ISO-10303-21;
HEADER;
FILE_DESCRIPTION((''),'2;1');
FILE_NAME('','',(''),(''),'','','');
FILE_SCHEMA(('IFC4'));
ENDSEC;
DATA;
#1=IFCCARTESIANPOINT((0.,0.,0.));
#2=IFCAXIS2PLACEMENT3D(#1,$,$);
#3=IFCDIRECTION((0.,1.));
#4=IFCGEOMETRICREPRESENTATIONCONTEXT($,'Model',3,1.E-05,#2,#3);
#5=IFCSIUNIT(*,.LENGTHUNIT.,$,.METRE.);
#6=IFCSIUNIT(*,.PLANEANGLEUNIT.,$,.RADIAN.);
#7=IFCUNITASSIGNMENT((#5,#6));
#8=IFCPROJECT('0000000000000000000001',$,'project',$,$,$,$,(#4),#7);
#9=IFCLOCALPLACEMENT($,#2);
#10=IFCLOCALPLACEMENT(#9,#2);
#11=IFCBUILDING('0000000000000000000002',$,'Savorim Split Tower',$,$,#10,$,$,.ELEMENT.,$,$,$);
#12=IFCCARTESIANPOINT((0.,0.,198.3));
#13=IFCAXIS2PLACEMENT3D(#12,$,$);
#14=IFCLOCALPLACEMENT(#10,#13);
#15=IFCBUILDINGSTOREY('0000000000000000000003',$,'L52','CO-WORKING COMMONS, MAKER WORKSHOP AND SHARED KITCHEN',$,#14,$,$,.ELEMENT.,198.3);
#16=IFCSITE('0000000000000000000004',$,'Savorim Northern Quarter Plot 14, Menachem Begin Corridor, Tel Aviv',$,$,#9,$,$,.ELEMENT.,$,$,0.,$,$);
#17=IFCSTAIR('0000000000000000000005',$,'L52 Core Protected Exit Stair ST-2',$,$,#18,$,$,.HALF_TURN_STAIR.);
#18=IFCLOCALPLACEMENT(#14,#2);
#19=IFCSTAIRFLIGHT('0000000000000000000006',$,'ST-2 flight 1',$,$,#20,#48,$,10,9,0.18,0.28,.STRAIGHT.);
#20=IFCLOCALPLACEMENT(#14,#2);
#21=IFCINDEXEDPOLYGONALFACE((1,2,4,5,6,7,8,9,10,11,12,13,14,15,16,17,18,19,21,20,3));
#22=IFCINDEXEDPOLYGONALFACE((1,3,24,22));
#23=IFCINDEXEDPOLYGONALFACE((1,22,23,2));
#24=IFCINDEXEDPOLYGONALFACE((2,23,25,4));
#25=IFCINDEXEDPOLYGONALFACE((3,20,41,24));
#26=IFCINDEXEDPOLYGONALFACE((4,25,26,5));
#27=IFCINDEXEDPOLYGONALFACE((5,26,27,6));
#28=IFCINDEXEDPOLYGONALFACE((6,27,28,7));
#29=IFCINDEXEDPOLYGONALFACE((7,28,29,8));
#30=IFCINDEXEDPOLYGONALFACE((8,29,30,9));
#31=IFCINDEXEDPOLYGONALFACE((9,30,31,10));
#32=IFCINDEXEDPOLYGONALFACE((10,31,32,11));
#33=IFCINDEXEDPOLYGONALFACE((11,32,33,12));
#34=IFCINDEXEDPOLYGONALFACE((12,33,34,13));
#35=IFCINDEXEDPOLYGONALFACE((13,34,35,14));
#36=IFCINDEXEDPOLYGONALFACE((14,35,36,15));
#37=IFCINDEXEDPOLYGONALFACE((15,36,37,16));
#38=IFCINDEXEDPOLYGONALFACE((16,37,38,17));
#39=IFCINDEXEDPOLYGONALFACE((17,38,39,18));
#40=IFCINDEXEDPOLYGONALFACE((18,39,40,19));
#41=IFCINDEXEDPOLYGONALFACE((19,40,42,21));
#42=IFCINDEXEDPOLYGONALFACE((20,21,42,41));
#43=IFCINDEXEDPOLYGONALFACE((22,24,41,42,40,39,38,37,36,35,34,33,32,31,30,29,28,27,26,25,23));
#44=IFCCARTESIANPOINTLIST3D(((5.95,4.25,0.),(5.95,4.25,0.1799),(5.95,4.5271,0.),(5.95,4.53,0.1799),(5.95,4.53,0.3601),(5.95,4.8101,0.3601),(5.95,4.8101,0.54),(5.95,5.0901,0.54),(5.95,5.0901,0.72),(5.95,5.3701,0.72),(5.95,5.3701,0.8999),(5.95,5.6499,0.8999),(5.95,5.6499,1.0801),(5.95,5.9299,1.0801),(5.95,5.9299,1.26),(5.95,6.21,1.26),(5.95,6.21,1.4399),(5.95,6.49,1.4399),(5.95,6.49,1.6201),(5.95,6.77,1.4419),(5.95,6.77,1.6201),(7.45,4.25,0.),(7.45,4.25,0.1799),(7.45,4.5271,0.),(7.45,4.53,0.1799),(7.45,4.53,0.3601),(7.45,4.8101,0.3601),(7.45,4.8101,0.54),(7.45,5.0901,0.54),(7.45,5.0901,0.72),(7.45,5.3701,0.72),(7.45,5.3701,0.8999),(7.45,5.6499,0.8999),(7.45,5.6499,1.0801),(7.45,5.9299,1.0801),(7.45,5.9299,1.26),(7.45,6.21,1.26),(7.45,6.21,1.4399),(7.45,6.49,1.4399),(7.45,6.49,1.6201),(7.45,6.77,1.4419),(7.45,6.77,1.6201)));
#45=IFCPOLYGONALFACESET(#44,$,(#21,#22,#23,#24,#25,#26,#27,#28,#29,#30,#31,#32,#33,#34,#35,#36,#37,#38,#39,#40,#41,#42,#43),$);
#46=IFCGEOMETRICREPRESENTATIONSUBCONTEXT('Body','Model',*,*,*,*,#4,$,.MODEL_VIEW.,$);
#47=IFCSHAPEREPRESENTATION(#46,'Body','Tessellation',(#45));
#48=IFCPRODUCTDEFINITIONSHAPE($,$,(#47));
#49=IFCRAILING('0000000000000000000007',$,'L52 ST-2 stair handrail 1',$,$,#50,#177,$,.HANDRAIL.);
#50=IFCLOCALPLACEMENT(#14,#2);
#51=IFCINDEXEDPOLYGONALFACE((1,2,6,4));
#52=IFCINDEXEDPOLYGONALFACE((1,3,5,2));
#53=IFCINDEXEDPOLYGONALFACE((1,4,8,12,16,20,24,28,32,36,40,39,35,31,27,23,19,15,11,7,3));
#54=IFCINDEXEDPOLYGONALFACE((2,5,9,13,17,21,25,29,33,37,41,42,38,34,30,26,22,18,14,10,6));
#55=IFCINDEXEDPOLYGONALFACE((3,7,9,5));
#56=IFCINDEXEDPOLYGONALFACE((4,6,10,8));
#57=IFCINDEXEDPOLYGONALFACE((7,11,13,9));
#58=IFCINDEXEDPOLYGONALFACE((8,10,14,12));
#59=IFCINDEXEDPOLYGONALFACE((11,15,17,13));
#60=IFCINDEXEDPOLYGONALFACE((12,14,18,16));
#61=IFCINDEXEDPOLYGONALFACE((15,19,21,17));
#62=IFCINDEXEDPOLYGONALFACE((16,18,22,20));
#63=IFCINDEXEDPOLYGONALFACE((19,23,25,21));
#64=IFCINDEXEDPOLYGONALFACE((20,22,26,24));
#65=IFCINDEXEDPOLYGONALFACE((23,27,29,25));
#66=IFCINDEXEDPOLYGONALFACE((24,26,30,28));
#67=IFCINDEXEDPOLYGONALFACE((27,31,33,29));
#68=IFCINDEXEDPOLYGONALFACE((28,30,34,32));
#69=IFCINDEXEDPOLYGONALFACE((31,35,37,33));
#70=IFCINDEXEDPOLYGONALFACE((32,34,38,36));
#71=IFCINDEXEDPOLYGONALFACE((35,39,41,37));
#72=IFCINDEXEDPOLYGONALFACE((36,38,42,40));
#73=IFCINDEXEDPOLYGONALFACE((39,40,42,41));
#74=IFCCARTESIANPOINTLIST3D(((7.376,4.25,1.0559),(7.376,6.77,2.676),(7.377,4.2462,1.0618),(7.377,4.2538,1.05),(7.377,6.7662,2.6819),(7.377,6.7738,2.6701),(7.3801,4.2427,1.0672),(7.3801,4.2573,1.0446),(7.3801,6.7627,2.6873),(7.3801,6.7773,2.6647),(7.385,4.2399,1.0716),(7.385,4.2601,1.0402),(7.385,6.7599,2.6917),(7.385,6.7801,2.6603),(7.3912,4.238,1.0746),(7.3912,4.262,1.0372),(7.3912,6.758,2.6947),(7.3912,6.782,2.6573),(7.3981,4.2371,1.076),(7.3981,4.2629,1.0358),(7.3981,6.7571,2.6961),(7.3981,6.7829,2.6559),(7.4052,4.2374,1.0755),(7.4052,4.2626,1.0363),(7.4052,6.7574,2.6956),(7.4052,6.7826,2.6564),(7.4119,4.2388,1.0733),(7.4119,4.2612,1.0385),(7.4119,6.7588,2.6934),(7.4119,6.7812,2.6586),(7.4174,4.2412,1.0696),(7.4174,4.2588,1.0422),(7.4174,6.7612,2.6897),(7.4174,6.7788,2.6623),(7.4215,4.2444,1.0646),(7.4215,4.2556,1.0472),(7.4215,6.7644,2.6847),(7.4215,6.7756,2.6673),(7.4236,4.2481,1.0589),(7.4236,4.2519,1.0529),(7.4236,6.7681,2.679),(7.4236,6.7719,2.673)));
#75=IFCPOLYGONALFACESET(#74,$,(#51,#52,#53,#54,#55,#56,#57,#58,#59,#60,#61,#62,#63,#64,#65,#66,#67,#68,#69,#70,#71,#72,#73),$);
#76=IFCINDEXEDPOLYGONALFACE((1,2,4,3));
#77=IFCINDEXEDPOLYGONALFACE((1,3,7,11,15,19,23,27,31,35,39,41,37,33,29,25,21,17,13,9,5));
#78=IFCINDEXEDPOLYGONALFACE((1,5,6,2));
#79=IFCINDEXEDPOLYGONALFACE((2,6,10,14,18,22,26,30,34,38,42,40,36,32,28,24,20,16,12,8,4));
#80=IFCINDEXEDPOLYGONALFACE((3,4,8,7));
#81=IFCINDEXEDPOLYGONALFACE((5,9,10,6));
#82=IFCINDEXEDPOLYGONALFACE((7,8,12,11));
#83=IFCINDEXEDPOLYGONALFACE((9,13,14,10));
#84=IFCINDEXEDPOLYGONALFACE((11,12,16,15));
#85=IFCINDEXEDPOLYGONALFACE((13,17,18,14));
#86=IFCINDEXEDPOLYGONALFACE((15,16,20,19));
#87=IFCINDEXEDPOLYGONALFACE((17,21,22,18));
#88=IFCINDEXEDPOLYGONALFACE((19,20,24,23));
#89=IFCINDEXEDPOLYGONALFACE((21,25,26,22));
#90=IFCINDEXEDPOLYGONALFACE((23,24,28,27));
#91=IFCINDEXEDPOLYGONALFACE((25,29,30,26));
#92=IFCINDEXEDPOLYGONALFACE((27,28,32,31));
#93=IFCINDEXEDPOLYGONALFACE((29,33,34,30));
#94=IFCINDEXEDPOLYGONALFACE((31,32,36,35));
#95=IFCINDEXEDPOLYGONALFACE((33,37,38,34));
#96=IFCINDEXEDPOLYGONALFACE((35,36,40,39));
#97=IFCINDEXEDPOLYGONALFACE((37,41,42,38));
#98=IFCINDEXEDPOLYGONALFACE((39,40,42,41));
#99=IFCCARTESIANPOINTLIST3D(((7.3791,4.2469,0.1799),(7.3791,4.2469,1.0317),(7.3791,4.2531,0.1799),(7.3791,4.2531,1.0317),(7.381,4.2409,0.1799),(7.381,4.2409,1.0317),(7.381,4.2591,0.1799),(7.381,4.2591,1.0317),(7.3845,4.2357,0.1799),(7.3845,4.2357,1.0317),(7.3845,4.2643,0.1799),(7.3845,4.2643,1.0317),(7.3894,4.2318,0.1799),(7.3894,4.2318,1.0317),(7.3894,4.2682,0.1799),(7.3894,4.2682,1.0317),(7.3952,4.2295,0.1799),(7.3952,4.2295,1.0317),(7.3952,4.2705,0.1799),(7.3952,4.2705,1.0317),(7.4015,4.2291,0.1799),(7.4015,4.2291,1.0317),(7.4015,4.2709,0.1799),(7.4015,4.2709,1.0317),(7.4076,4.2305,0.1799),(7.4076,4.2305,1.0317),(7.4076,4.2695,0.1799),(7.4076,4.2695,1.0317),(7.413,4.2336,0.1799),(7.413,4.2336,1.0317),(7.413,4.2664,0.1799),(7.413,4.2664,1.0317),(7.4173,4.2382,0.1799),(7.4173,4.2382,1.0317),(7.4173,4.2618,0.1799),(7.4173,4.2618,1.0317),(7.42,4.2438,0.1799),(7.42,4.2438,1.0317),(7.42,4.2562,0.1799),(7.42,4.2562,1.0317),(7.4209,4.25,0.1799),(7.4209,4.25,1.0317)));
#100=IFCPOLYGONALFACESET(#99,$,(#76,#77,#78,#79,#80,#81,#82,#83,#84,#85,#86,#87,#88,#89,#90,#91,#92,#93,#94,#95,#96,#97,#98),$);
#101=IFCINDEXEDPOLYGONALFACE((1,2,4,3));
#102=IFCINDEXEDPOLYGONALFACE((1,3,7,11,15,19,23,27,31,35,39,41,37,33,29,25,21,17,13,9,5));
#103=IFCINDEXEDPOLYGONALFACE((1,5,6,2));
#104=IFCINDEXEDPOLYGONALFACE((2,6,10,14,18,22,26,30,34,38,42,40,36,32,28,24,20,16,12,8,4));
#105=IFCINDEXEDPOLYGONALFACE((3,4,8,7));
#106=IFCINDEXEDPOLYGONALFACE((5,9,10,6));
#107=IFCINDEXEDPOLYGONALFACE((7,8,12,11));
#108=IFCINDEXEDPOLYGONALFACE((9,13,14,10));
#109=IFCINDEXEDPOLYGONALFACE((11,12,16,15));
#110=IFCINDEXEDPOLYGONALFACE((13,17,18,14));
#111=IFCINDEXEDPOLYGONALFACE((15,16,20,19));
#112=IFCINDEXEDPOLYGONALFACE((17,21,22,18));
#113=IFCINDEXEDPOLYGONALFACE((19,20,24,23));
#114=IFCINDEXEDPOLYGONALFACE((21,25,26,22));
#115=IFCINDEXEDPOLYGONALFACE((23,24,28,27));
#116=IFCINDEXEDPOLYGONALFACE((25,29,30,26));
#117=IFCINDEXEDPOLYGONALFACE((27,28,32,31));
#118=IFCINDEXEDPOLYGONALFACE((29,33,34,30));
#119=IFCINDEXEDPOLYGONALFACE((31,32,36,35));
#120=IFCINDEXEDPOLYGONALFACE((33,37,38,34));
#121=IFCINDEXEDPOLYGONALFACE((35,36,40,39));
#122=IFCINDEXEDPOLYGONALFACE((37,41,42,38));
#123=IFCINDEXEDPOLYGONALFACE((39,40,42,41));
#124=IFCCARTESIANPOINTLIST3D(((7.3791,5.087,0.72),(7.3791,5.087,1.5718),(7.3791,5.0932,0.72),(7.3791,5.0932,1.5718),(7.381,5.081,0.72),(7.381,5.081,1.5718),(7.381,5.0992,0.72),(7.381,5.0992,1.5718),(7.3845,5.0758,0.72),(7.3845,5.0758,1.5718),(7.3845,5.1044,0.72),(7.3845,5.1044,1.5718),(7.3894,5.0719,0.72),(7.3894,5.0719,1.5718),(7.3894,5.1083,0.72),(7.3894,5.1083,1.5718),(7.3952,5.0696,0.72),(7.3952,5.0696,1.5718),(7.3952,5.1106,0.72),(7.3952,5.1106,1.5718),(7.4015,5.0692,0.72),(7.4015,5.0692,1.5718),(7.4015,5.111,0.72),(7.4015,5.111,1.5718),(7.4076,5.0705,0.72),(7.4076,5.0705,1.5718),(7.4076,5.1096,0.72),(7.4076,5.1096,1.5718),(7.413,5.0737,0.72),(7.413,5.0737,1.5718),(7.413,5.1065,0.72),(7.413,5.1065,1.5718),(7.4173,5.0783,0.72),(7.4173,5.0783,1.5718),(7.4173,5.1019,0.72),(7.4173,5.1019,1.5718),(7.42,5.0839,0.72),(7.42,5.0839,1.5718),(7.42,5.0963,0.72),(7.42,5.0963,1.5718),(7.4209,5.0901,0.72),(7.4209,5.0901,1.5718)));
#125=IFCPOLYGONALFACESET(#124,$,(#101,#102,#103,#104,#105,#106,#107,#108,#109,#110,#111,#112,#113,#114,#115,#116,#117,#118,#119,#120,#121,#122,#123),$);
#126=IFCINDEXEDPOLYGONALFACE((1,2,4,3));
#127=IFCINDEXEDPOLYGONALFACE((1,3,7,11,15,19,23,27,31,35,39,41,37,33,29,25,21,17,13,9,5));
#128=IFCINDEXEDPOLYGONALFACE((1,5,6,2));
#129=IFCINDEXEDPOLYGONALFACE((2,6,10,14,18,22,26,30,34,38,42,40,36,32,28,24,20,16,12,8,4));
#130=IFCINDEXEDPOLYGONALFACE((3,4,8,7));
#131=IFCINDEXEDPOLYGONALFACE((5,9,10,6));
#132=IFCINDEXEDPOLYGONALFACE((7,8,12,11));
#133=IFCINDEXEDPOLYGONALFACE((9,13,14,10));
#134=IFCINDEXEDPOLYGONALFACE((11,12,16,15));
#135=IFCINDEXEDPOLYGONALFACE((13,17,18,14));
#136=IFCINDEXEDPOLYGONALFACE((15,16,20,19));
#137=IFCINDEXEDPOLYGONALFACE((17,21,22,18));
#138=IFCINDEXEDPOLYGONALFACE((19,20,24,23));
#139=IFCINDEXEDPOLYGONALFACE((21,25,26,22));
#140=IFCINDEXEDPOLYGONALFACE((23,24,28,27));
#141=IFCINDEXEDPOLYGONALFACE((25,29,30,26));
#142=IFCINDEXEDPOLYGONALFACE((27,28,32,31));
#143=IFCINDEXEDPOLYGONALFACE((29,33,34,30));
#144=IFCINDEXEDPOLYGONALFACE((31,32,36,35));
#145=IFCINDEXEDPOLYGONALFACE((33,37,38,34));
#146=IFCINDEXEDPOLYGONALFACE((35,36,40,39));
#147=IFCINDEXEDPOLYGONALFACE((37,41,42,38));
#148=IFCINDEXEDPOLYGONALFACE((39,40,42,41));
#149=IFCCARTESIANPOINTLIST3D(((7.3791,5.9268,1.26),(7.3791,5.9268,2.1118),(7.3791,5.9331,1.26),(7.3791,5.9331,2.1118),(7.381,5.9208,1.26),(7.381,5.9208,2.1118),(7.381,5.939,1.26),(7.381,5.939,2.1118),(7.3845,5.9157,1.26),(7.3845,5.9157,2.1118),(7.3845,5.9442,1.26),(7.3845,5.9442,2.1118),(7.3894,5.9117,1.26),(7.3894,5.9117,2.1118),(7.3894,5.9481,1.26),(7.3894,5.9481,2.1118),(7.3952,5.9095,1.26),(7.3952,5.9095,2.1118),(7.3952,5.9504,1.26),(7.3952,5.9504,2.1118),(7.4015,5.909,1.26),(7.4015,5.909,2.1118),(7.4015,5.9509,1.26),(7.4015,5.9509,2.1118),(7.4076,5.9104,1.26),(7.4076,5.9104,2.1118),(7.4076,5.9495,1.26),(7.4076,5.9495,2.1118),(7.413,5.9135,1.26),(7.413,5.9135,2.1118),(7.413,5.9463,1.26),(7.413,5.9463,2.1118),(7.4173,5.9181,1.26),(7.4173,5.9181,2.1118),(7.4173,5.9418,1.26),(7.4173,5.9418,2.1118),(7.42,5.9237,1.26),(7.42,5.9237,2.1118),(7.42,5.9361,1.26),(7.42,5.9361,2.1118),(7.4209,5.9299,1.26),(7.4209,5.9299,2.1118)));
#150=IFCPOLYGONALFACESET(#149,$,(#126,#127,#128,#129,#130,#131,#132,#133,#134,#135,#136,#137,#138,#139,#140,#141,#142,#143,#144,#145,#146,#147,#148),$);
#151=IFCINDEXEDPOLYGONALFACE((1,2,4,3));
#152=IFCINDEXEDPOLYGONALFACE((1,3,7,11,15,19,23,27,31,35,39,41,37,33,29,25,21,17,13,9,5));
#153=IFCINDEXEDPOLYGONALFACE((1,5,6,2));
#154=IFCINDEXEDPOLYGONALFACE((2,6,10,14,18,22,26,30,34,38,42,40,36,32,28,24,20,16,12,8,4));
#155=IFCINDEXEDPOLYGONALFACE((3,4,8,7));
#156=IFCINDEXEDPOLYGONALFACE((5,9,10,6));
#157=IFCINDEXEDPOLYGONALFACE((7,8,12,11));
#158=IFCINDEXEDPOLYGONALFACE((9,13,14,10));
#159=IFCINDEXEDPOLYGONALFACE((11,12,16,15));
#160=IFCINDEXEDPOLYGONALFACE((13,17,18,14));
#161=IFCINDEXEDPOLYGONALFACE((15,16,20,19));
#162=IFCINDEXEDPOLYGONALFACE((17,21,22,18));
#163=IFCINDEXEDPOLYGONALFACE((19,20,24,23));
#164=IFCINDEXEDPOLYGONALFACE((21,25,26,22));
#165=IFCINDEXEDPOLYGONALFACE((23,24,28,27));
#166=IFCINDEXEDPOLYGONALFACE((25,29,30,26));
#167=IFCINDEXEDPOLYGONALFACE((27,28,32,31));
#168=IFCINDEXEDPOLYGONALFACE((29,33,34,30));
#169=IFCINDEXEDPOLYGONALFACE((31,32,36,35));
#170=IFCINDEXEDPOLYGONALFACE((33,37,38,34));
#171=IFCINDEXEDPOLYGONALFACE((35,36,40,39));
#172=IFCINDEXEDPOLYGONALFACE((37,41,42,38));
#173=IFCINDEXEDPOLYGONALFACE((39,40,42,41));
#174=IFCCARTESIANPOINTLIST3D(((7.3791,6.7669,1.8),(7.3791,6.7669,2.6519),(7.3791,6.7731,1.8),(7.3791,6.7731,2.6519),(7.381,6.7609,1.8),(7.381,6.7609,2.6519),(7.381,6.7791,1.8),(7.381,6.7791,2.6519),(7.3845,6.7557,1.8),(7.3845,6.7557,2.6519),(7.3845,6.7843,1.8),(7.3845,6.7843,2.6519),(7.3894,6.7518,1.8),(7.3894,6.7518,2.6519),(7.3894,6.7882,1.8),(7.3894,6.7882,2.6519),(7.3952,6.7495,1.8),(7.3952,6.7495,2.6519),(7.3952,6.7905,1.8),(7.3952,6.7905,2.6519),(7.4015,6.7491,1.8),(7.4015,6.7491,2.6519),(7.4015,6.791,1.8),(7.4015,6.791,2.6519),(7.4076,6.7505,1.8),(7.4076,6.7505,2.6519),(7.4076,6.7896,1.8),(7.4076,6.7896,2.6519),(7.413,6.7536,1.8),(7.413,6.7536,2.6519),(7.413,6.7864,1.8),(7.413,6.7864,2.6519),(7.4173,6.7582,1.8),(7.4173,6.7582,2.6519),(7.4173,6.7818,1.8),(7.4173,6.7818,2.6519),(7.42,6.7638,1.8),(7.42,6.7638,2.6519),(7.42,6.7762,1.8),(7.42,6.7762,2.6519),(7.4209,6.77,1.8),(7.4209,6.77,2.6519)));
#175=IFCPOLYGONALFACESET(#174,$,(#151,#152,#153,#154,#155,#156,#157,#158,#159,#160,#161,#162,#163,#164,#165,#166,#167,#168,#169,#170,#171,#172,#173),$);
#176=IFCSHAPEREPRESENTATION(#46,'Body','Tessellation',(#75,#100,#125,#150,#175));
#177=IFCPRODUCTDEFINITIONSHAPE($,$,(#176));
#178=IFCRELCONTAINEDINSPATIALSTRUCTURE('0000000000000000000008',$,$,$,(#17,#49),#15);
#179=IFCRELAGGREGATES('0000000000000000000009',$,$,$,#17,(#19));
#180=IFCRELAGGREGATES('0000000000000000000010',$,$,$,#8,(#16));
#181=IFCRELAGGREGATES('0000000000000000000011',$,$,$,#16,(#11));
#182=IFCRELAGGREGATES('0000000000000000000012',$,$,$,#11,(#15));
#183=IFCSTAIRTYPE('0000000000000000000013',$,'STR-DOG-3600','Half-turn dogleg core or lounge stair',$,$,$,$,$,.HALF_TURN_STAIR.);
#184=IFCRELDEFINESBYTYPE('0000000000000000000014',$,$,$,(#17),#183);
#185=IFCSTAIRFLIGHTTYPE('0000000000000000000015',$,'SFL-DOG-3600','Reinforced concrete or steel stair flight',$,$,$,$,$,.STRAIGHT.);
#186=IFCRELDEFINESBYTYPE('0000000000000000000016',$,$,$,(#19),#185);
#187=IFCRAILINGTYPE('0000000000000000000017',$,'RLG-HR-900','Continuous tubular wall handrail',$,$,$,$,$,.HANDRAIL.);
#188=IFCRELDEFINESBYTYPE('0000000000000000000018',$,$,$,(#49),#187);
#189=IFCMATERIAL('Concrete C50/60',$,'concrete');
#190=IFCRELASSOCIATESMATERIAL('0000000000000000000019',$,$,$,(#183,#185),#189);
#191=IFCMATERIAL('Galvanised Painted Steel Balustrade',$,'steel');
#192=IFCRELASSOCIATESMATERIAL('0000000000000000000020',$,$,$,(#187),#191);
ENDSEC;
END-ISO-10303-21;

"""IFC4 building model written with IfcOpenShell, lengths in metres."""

from ifc_helpers import new_model, si_unit, direction, frame, origin, origin_2d, place, context, subcontext, project, spatial, polyline, circle, outline, extrude, material, type_object, element, aggregate, save


model = new_model("IFC4")

# Units and contexts
model_context = context("Model", 3, precision=1e-05, world=origin(), true_north=direction((0.0, 1.0)))
body_context = subcontext(model_context, "Body", "Model", "MODEL_VIEW")
ifc_project = project(units=[si_unit("LENGTHUNIT", "METRE"), si_unit("PLANEANGLEUNIT", "RADIAN")], contexts=[model_context])

# Site, building, storey
site_placement = place(None, origin())
site = spatial("IfcSite", under=ifc_project, at=site_placement, Name="Savorim Northern Quarter Plot 14, Menachem Begin Corridor, Tel Aviv", CompositionType="ELEMENT", RefElevation=0.0)
building_placement = place(site_placement, origin())
building = spatial("IfcBuilding", under=site, at=building_placement, Name="Savorim Split Tower", CompositionType="ELEMENT")
storey_placement = place(building_placement, frame((0.0, 0.0, 198.3)))
storey = spatial("IfcBuildingStorey", under=building, at=storey_placement, Name="L52", Description="CO-WORKING COMMONS, MAKER WORKSHOP AND SHARED KITCHEN", CompositionType="ELEMENT", Elevation=198.3)

# Shared definitions
ifc_material_1 = material(Name="Concrete C50/60", Category="concrete")

# Stair, stair flight
stair_type = type_object("IfcStairType", Name="STR-DOG-3600", Description="Half-turn dogleg core or lounge stair", PredefinedType="HALF_TURN_STAIR", material=ifc_material_1)
stair_placement = place(storey_placement, origin())
stair = element("IfcStair", 1, at=stair_placement, inside=storey, type_object=stair_type, Name="L52 Core Protected Exit Stair ST-2", PredefinedType="HALF_TURN_STAIR")
stair_flight_type = type_object("IfcStairFlightType", Name="SFL-DOG-3600", Description="Reinforced concrete or steel stair flight", PredefinedType="STRAIGHT", material=ifc_material_1)
stair_flight_placement = place(storey_placement, frame((6.7, 4.25, 0.0), z_axis=(0.0, 0.0, 1.0), x_axis=(0.0, 1.0, 0.0)))
stair_flight = element("IfcStairFlight", 2, at=stair_flight_placement, type_object=stair_flight_type, Name="ST-2 flight 1", NumberOfRisers=10, NumberOfTreads=9, PredefinedType="STRAIGHT", RiserHeight=0.18, TreadLength=0.28, context=body_context, shape_type="SweptSolid", body=[
    extrude(outline(polyline([(0.0, 0.0), (0.0, 0.1799), (0.28, 0.1799), (0.28, 0.3601), (0.5601, 0.3601), (0.5601, 0.54), (0.8401, 0.54), (0.8401, 0.72), (1.1201, 0.72), (1.1201, 0.8999), (1.3999, 0.8999), (1.3999, 1.0801), (1.6799, 1.0801), (1.6799, 1.26), (1.96, 1.26), (1.96, 1.4399), (2.24, 1.4399), (2.24, 1.6201), (2.52, 1.6201), (2.52, 1.8), (2.52, 1.4419), (0.2771, 0.0), (0.0, 0.0)])), frame((0.0, 0.75, 0.0), z_axis=(0.0, -1.0, 0.0), x_axis=(1.0, 0.0, 0.0)), (0.0, 0.0, 1.0), 1.5),
])
aggregate(stair, [stair_flight])

# Railing
ifc_material_2 = material(Name="Galvanised Painted Steel Balustrade", Category="steel")
railing_type_1 = type_object("IfcRailingType", Name="RLG-HR-900", Description="Continuous tubular wall handrail", PredefinedType="HANDRAIL", material=ifc_material_2)
railing_1_placement = place(storey_placement, frame((7.3999, 4.25, 0.1799)))
element("IfcRailing", 3, at=railing_1_placement, inside=storey, type_object=railing_type_1, Name="L52 ST-2 stair handrail 1", PredefinedType="HANDRAIL", context=body_context, shape_type="SweptSolid", body=[
    extrude(circle(Radius=0.0239, at=origin_2d()), frame((0.0, 0.0, 0.876), z_axis=(0.0, 0.841163, 0.540782), x_axis=(-1.0, 0.0, 0.0)), (0.0, 0.0, 1.0), 2.9958),
    extrude(circle(Radius=0.021, at=origin_2d()), origin(), (0.0, 0.0, 1.0), 0.8518),
    extrude(circle(Radius=0.021, at=origin_2d()), frame((0.0, 0.8401, 0.54)), (0.0, 0.0, 1.0), 0.8518),
    extrude(circle(Radius=0.021, at=origin_2d()), frame((0.0, 1.6799, 1.0801)), (0.0, 0.0, 1.0), 0.8518),
    extrude(circle(Radius=0.021, at=origin_2d()), frame((0.0, 2.52, 1.6201)), (0.0, 0.0, 1.0), 0.8518),
])

save(model, "model.ifc")
